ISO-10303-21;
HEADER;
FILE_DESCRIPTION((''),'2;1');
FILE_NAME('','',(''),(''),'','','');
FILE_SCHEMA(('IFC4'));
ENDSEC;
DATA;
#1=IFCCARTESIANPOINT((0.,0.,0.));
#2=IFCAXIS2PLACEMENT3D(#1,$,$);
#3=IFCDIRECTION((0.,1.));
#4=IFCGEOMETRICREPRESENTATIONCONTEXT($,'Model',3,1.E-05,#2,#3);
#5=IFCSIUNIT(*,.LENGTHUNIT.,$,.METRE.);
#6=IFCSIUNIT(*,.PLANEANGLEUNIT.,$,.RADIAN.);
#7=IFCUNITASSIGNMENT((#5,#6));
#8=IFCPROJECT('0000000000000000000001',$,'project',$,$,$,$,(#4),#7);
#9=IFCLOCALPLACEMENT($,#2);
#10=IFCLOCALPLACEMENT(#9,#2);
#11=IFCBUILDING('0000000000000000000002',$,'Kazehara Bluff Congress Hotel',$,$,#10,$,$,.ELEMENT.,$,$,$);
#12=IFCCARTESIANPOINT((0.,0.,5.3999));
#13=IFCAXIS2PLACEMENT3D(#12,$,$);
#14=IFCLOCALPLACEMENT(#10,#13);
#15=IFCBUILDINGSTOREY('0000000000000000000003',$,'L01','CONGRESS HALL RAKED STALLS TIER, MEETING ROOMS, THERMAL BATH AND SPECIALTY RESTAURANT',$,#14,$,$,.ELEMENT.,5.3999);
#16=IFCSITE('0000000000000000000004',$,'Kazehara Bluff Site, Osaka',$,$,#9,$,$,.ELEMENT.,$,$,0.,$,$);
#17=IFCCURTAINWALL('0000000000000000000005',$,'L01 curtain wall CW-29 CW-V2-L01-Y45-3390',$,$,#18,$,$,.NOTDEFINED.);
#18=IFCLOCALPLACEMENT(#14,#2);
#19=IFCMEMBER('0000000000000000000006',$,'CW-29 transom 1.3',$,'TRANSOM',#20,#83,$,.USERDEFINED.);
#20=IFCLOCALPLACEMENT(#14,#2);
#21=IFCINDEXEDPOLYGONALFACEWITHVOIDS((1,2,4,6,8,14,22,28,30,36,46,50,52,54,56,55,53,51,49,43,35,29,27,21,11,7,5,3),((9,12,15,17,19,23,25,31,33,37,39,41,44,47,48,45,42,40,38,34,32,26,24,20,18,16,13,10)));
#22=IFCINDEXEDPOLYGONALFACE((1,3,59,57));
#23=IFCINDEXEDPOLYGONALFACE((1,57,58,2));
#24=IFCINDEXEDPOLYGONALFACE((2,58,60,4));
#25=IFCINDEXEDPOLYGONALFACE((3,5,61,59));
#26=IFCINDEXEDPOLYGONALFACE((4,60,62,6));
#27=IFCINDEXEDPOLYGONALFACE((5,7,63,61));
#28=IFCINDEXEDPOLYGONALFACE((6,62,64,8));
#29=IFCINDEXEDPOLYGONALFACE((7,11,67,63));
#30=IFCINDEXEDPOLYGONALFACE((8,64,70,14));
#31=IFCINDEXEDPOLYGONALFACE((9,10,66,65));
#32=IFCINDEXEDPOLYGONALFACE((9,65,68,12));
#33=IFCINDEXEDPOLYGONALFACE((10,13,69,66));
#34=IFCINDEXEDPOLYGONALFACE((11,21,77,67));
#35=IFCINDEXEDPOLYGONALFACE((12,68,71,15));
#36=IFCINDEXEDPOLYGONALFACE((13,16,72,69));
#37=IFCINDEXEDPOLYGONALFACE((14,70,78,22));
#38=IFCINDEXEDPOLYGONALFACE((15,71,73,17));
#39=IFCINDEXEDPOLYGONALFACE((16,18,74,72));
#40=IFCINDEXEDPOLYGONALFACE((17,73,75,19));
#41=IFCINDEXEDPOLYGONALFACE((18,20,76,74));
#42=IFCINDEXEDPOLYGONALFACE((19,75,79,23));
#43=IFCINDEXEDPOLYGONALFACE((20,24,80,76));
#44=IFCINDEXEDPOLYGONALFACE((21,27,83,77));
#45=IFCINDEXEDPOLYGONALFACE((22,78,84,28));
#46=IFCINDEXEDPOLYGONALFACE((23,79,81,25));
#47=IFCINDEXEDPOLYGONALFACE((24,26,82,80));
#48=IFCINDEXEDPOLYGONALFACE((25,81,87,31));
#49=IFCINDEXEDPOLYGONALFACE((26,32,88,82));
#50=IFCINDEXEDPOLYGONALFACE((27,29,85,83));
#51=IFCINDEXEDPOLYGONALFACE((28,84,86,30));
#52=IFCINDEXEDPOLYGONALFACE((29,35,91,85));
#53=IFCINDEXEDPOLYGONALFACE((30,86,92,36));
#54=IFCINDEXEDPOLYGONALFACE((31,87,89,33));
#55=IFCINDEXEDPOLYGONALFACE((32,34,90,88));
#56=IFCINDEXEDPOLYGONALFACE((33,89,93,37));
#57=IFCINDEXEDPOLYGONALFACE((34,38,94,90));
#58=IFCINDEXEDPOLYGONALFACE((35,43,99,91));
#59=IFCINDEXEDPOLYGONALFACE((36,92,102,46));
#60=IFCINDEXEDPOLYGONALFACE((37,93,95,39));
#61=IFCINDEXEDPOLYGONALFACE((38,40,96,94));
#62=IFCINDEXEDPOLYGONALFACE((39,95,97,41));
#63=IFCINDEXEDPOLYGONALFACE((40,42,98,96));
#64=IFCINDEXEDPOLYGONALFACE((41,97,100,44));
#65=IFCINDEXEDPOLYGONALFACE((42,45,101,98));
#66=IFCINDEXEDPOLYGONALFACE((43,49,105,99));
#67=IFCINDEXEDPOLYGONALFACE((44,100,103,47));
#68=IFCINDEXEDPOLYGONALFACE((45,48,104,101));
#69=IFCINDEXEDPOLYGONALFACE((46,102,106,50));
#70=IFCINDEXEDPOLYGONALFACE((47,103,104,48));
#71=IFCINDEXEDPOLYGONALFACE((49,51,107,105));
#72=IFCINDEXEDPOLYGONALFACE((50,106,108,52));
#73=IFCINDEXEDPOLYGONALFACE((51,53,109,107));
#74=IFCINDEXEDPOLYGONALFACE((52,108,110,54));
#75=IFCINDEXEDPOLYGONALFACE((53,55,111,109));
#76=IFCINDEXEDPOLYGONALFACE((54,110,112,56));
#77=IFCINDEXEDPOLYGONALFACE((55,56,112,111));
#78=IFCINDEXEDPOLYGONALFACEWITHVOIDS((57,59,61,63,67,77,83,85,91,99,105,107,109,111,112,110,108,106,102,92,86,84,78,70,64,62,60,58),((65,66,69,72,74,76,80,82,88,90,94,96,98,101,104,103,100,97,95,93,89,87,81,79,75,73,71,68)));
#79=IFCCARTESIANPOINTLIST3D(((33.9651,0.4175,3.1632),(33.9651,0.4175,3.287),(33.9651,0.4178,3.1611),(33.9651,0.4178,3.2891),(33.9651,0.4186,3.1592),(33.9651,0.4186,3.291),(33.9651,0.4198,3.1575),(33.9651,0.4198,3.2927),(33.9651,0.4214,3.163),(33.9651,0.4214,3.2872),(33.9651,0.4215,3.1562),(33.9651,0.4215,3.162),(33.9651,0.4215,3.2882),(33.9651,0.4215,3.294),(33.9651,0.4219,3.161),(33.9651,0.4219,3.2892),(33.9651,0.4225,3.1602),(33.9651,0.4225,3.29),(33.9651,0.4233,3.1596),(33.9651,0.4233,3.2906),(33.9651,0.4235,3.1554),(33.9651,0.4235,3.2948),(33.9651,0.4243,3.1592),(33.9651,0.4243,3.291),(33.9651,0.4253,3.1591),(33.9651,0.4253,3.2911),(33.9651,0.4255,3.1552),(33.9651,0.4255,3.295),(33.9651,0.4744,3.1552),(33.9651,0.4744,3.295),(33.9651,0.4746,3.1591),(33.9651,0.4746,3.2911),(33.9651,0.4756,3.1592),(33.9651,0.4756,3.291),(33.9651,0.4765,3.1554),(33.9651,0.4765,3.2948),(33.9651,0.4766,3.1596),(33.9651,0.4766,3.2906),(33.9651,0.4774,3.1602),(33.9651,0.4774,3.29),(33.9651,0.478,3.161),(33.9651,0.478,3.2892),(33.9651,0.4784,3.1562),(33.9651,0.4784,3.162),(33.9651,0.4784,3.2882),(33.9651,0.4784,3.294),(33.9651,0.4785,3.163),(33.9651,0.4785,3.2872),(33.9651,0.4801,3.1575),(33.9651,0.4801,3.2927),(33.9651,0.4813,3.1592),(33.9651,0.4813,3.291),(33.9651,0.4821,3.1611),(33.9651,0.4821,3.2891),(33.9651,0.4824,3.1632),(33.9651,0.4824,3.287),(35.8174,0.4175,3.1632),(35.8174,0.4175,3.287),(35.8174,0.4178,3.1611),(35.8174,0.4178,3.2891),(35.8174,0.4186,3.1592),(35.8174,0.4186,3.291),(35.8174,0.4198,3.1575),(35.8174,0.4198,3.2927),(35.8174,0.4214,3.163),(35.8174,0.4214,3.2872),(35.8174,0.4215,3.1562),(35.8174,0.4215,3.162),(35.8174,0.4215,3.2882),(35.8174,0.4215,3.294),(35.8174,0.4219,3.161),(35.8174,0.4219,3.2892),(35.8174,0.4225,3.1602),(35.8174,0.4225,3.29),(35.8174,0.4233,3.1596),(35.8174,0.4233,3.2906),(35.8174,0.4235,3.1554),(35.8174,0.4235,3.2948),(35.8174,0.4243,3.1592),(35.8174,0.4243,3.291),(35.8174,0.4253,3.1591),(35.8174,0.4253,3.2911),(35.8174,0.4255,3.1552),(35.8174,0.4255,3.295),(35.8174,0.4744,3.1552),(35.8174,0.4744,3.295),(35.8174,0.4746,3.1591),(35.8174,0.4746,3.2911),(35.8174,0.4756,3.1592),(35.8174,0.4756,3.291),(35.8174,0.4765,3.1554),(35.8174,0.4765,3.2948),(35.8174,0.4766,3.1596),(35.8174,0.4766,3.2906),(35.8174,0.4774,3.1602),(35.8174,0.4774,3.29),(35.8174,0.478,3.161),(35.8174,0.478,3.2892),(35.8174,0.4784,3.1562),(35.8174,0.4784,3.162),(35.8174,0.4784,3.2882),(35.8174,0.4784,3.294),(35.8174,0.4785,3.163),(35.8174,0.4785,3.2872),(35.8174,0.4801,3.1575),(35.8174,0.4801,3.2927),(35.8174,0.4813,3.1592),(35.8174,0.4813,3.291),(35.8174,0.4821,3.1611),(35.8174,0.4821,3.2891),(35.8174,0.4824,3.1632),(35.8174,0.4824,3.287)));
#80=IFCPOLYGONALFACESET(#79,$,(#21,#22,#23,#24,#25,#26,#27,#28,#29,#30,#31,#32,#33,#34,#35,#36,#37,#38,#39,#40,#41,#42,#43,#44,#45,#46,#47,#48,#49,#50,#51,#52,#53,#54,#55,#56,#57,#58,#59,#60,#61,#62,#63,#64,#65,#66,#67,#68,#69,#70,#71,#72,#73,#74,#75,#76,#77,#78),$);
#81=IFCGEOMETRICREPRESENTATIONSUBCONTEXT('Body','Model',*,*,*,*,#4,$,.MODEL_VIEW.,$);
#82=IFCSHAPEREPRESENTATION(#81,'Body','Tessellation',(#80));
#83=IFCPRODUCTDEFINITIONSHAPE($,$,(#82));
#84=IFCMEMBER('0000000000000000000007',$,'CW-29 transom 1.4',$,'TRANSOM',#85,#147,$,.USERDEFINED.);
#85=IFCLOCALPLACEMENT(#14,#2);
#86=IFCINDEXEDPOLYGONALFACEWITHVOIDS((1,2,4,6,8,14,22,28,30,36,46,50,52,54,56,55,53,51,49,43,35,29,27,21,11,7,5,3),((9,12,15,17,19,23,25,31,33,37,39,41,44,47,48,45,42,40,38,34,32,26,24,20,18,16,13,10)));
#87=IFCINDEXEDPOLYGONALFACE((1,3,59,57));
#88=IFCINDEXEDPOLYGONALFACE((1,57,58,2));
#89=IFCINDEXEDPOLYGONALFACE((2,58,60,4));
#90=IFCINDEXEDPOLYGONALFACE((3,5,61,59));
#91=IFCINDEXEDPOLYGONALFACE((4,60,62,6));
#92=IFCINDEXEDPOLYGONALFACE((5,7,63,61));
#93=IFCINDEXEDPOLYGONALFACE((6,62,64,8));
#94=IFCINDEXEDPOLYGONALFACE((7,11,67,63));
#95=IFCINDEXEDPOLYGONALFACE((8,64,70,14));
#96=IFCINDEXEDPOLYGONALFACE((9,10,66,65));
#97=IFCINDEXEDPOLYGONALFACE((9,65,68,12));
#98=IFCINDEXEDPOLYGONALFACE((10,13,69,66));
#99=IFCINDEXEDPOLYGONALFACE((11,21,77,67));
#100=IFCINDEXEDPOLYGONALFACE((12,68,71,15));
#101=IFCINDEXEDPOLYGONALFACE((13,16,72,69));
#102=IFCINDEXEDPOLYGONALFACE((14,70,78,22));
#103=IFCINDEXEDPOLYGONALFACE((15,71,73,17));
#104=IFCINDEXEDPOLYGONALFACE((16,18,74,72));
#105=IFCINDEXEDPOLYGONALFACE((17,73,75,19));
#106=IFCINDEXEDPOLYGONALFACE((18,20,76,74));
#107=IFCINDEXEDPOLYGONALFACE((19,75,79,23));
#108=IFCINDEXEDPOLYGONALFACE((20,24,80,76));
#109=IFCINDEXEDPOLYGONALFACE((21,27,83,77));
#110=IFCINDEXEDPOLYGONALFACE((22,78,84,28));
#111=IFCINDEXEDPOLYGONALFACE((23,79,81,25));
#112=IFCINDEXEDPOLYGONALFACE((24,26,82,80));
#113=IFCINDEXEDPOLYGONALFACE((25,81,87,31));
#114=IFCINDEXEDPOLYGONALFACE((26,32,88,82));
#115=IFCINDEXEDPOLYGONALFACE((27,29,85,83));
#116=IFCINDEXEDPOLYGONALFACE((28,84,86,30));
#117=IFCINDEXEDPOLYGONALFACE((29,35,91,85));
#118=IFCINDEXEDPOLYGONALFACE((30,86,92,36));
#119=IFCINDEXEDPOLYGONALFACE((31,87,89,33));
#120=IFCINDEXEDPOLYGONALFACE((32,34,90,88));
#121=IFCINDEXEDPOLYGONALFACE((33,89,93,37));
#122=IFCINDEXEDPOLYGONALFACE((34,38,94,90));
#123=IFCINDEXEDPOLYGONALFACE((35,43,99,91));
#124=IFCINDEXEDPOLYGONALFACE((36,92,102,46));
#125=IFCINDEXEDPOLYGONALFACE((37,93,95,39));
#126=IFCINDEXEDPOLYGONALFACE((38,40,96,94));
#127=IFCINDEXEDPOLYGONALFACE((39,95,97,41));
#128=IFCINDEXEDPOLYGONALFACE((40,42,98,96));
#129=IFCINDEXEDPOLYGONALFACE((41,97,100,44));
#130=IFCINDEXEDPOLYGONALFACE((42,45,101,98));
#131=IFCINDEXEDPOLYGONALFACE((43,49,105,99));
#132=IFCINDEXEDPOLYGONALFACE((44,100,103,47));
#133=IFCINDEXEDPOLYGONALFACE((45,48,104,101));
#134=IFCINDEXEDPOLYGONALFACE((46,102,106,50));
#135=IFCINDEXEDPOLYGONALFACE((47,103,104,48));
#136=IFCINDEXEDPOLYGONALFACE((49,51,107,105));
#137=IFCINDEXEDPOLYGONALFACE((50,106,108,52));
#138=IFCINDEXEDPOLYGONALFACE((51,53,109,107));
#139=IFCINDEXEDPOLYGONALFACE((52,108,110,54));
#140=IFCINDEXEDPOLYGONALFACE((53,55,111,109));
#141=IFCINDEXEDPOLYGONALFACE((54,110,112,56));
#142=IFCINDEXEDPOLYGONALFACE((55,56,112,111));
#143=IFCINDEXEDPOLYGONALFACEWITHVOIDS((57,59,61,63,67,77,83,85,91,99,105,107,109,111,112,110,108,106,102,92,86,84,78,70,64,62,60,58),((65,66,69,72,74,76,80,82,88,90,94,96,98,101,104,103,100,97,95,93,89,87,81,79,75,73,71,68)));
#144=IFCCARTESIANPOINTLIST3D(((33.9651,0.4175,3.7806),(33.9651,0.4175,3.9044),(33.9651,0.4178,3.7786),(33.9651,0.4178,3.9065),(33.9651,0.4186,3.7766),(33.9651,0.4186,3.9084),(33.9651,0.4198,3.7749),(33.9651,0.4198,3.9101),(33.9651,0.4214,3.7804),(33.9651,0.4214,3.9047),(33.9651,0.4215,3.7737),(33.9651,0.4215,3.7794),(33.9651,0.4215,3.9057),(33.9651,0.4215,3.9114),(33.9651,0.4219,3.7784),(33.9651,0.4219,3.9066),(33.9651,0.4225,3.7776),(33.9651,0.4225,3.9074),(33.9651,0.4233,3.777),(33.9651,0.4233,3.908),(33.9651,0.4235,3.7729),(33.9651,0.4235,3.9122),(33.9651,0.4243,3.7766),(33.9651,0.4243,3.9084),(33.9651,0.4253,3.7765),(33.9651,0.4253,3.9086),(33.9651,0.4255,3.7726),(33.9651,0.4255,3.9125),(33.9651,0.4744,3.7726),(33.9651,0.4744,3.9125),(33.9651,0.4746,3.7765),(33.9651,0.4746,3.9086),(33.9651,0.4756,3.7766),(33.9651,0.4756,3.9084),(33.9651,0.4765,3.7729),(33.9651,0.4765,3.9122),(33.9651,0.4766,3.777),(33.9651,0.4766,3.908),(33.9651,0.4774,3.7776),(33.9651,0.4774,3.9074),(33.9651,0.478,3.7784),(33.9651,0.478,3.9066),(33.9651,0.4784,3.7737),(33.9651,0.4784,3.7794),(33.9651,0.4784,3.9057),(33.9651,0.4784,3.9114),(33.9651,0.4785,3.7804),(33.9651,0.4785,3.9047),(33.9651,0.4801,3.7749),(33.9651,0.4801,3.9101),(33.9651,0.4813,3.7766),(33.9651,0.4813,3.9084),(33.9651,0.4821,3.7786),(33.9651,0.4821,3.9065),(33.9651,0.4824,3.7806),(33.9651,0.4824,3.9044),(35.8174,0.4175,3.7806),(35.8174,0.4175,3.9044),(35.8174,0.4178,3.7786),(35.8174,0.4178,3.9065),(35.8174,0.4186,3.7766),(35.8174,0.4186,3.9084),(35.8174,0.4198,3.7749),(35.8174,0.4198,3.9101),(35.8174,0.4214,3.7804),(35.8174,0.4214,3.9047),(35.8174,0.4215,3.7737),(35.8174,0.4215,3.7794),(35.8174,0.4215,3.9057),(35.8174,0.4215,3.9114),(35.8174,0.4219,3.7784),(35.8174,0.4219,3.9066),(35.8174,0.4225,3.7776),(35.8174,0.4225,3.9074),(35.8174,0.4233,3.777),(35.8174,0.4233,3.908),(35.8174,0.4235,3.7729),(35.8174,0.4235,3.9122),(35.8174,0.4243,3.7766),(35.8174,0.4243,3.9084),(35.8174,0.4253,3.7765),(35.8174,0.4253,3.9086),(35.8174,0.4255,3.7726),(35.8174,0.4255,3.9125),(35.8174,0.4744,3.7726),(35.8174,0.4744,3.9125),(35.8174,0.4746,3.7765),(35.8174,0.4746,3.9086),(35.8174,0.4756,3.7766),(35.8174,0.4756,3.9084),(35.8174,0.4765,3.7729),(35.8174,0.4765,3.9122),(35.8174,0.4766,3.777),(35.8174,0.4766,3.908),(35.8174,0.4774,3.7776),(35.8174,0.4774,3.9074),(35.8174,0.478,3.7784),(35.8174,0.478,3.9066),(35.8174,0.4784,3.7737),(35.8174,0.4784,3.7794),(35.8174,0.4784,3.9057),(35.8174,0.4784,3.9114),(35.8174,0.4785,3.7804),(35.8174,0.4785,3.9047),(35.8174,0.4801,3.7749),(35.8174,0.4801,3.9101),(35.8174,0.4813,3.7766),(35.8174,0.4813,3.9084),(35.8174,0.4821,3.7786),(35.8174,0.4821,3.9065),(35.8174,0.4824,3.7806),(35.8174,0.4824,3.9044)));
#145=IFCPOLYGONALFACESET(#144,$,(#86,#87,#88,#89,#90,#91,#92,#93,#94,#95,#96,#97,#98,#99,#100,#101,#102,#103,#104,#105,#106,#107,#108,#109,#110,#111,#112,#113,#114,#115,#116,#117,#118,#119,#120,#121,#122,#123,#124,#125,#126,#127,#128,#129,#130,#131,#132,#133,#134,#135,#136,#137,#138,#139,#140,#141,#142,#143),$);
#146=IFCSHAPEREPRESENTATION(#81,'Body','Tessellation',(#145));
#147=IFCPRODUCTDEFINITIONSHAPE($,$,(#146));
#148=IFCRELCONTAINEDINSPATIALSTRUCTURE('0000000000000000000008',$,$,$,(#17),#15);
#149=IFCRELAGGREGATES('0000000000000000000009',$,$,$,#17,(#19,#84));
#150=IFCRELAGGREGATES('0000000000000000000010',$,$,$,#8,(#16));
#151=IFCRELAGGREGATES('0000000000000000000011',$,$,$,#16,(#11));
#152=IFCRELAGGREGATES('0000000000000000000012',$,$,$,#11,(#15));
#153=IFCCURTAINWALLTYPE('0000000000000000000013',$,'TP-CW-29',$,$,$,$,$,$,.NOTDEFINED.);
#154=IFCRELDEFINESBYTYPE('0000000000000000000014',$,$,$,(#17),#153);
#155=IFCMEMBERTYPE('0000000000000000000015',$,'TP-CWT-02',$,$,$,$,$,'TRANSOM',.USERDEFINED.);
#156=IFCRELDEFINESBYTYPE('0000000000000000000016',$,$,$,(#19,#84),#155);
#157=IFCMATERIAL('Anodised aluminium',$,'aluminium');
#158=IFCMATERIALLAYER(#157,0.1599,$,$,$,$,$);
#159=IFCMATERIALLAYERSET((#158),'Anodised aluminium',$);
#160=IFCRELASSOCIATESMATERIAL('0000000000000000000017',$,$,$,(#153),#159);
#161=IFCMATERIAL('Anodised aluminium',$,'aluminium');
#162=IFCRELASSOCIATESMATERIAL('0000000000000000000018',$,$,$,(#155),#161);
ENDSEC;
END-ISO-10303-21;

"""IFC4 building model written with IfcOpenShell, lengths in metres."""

from ifc_helpers import new_model, si_unit, direction, frame, origin, origin_2d, place, context, subcontext, project, spatial, hollow_rectangle, extrude, material, layer, layer_set, material_profile, profile_set, type_object, element, aggregate, save


model = new_model("IFC4")

# Units and contexts
model_context = context("Model", 3, precision=1e-05, world=origin(), true_north=direction((0.0, 1.0)))
body_context = subcontext(model_context, "Body", "Model", "MODEL_VIEW")
ifc_project = project(units=[si_unit("LENGTHUNIT", "METRE"), si_unit("PLANEANGLEUNIT", "RADIAN")], contexts=[model_context])

# Site, building, storey
site_placement = place(None, origin())
site = spatial("IfcSite", under=ifc_project, at=site_placement, Name="Kazehara Bluff Site, Osaka", CompositionType="ELEMENT", RefElevation=0.0)
building_placement = place(site_placement, origin())
building = spatial("IfcBuilding", under=site, at=building_placement, Name="Kazehara Bluff Congress Hotel", CompositionType="ELEMENT")
storey_placement = place(building_placement, frame((0.0, 0.0, 5.3999)))
storey = spatial("IfcBuildingStorey", under=building, at=storey_placement, Name="L01", Description="CONGRESS HALL RAKED STALLS TIER, MEETING ROOMS, THERMAL BATH AND SPECIALTY RESTAURANT", CompositionType="ELEMENT", Elevation=5.3999)

# Shared definitions
ifc_material_1 = material(Name="Anodised aluminium", Category="aluminium")
ifc_layer_1 = layer(ifc_material_1, 0.1599)
ifc_layer_set_1 = layer_set([ifc_layer_1], Name="Anodised aluminium")
curtain_wall_type = type_object("IfcCurtainWallType", Name="TP-CW-29", PredefinedType="NOTDEFINED", material=ifc_layer_set_1)

# Curtain wall, members
curtain_wall_1_placement = place(storey_placement, origin())
curtain_wall_1 = element("IfcCurtainWall", 1, at=curtain_wall_1_placement, inside=storey, type_object=curtain_wall_type, Name="L01 curtain wall CW-29 CW-V2-L01-Y45-3390", PredefinedType="NOTDEFINED")
ifc_material_2 = material(Name="Anodised aluminium", Category="aluminium")
ifc_material_profile_1 = material_profile(ifc_material_2, hollow_rectangle(XDim=0.0649, YDim=0.1399, WallThickness=0.0039, InnerFilletRadius=0.0039, OuterFilletRadius=0.0081, at=origin_2d()))
ifc_profile_set_1 = profile_set([ifc_material_profile_1], Name="Anodised aluminium")
member_type_1 = type_object("IfcMemberType", Name="TP-CWT-02", ElementType="TRANSOM", PredefinedType="USERDEFINED", material=ifc_profile_set_1)
member_1_placement = place(storey_placement, frame((33.9651, 0.45, 3.2251), z_axis=(1.0, 0.0, 0.0), x_axis=(0.0, 1.0, 0.0)))
member_1 = element("IfcMember", 2, at=member_1_placement, type_object=member_type_1, Name="CW-29 transom 1.3", ObjectType="TRANSOM", PredefinedType="USERDEFINED", context=body_context, shape_type="SweptSolid", body=[
    extrude(hollow_rectangle(XDim=0.0649, YDim=0.1399, WallThickness=0.0039, InnerFilletRadius=0.0039, OuterFilletRadius=0.0081, at=origin_2d()), origin(), (0.0, 0.0, 1.0), 1.8523),
])
member_2_placement = place(storey_placement, frame((33.9651, 0.45, 3.8425), z_axis=(1.0, 0.0, 0.0), x_axis=(0.0, 1.0, 0.0)))
member_2 = element("IfcMember", 3, at=member_2_placement, type_object=member_type_1, Name="CW-29 transom 1.4", ObjectType="TRANSOM", PredefinedType="USERDEFINED", context=body_context, shape_type="SweptSolid", body=[
    extrude(hollow_rectangle(XDim=0.0649, YDim=0.1399, WallThickness=0.0039, InnerFilletRadius=0.0039, OuterFilletRadius=0.0081, at=origin_2d()), origin(), (0.0, 0.0, 1.0), 1.8523),
])

aggregate(curtain_wall_1, [member_1, member_2])

save(model, "model.ifc")
